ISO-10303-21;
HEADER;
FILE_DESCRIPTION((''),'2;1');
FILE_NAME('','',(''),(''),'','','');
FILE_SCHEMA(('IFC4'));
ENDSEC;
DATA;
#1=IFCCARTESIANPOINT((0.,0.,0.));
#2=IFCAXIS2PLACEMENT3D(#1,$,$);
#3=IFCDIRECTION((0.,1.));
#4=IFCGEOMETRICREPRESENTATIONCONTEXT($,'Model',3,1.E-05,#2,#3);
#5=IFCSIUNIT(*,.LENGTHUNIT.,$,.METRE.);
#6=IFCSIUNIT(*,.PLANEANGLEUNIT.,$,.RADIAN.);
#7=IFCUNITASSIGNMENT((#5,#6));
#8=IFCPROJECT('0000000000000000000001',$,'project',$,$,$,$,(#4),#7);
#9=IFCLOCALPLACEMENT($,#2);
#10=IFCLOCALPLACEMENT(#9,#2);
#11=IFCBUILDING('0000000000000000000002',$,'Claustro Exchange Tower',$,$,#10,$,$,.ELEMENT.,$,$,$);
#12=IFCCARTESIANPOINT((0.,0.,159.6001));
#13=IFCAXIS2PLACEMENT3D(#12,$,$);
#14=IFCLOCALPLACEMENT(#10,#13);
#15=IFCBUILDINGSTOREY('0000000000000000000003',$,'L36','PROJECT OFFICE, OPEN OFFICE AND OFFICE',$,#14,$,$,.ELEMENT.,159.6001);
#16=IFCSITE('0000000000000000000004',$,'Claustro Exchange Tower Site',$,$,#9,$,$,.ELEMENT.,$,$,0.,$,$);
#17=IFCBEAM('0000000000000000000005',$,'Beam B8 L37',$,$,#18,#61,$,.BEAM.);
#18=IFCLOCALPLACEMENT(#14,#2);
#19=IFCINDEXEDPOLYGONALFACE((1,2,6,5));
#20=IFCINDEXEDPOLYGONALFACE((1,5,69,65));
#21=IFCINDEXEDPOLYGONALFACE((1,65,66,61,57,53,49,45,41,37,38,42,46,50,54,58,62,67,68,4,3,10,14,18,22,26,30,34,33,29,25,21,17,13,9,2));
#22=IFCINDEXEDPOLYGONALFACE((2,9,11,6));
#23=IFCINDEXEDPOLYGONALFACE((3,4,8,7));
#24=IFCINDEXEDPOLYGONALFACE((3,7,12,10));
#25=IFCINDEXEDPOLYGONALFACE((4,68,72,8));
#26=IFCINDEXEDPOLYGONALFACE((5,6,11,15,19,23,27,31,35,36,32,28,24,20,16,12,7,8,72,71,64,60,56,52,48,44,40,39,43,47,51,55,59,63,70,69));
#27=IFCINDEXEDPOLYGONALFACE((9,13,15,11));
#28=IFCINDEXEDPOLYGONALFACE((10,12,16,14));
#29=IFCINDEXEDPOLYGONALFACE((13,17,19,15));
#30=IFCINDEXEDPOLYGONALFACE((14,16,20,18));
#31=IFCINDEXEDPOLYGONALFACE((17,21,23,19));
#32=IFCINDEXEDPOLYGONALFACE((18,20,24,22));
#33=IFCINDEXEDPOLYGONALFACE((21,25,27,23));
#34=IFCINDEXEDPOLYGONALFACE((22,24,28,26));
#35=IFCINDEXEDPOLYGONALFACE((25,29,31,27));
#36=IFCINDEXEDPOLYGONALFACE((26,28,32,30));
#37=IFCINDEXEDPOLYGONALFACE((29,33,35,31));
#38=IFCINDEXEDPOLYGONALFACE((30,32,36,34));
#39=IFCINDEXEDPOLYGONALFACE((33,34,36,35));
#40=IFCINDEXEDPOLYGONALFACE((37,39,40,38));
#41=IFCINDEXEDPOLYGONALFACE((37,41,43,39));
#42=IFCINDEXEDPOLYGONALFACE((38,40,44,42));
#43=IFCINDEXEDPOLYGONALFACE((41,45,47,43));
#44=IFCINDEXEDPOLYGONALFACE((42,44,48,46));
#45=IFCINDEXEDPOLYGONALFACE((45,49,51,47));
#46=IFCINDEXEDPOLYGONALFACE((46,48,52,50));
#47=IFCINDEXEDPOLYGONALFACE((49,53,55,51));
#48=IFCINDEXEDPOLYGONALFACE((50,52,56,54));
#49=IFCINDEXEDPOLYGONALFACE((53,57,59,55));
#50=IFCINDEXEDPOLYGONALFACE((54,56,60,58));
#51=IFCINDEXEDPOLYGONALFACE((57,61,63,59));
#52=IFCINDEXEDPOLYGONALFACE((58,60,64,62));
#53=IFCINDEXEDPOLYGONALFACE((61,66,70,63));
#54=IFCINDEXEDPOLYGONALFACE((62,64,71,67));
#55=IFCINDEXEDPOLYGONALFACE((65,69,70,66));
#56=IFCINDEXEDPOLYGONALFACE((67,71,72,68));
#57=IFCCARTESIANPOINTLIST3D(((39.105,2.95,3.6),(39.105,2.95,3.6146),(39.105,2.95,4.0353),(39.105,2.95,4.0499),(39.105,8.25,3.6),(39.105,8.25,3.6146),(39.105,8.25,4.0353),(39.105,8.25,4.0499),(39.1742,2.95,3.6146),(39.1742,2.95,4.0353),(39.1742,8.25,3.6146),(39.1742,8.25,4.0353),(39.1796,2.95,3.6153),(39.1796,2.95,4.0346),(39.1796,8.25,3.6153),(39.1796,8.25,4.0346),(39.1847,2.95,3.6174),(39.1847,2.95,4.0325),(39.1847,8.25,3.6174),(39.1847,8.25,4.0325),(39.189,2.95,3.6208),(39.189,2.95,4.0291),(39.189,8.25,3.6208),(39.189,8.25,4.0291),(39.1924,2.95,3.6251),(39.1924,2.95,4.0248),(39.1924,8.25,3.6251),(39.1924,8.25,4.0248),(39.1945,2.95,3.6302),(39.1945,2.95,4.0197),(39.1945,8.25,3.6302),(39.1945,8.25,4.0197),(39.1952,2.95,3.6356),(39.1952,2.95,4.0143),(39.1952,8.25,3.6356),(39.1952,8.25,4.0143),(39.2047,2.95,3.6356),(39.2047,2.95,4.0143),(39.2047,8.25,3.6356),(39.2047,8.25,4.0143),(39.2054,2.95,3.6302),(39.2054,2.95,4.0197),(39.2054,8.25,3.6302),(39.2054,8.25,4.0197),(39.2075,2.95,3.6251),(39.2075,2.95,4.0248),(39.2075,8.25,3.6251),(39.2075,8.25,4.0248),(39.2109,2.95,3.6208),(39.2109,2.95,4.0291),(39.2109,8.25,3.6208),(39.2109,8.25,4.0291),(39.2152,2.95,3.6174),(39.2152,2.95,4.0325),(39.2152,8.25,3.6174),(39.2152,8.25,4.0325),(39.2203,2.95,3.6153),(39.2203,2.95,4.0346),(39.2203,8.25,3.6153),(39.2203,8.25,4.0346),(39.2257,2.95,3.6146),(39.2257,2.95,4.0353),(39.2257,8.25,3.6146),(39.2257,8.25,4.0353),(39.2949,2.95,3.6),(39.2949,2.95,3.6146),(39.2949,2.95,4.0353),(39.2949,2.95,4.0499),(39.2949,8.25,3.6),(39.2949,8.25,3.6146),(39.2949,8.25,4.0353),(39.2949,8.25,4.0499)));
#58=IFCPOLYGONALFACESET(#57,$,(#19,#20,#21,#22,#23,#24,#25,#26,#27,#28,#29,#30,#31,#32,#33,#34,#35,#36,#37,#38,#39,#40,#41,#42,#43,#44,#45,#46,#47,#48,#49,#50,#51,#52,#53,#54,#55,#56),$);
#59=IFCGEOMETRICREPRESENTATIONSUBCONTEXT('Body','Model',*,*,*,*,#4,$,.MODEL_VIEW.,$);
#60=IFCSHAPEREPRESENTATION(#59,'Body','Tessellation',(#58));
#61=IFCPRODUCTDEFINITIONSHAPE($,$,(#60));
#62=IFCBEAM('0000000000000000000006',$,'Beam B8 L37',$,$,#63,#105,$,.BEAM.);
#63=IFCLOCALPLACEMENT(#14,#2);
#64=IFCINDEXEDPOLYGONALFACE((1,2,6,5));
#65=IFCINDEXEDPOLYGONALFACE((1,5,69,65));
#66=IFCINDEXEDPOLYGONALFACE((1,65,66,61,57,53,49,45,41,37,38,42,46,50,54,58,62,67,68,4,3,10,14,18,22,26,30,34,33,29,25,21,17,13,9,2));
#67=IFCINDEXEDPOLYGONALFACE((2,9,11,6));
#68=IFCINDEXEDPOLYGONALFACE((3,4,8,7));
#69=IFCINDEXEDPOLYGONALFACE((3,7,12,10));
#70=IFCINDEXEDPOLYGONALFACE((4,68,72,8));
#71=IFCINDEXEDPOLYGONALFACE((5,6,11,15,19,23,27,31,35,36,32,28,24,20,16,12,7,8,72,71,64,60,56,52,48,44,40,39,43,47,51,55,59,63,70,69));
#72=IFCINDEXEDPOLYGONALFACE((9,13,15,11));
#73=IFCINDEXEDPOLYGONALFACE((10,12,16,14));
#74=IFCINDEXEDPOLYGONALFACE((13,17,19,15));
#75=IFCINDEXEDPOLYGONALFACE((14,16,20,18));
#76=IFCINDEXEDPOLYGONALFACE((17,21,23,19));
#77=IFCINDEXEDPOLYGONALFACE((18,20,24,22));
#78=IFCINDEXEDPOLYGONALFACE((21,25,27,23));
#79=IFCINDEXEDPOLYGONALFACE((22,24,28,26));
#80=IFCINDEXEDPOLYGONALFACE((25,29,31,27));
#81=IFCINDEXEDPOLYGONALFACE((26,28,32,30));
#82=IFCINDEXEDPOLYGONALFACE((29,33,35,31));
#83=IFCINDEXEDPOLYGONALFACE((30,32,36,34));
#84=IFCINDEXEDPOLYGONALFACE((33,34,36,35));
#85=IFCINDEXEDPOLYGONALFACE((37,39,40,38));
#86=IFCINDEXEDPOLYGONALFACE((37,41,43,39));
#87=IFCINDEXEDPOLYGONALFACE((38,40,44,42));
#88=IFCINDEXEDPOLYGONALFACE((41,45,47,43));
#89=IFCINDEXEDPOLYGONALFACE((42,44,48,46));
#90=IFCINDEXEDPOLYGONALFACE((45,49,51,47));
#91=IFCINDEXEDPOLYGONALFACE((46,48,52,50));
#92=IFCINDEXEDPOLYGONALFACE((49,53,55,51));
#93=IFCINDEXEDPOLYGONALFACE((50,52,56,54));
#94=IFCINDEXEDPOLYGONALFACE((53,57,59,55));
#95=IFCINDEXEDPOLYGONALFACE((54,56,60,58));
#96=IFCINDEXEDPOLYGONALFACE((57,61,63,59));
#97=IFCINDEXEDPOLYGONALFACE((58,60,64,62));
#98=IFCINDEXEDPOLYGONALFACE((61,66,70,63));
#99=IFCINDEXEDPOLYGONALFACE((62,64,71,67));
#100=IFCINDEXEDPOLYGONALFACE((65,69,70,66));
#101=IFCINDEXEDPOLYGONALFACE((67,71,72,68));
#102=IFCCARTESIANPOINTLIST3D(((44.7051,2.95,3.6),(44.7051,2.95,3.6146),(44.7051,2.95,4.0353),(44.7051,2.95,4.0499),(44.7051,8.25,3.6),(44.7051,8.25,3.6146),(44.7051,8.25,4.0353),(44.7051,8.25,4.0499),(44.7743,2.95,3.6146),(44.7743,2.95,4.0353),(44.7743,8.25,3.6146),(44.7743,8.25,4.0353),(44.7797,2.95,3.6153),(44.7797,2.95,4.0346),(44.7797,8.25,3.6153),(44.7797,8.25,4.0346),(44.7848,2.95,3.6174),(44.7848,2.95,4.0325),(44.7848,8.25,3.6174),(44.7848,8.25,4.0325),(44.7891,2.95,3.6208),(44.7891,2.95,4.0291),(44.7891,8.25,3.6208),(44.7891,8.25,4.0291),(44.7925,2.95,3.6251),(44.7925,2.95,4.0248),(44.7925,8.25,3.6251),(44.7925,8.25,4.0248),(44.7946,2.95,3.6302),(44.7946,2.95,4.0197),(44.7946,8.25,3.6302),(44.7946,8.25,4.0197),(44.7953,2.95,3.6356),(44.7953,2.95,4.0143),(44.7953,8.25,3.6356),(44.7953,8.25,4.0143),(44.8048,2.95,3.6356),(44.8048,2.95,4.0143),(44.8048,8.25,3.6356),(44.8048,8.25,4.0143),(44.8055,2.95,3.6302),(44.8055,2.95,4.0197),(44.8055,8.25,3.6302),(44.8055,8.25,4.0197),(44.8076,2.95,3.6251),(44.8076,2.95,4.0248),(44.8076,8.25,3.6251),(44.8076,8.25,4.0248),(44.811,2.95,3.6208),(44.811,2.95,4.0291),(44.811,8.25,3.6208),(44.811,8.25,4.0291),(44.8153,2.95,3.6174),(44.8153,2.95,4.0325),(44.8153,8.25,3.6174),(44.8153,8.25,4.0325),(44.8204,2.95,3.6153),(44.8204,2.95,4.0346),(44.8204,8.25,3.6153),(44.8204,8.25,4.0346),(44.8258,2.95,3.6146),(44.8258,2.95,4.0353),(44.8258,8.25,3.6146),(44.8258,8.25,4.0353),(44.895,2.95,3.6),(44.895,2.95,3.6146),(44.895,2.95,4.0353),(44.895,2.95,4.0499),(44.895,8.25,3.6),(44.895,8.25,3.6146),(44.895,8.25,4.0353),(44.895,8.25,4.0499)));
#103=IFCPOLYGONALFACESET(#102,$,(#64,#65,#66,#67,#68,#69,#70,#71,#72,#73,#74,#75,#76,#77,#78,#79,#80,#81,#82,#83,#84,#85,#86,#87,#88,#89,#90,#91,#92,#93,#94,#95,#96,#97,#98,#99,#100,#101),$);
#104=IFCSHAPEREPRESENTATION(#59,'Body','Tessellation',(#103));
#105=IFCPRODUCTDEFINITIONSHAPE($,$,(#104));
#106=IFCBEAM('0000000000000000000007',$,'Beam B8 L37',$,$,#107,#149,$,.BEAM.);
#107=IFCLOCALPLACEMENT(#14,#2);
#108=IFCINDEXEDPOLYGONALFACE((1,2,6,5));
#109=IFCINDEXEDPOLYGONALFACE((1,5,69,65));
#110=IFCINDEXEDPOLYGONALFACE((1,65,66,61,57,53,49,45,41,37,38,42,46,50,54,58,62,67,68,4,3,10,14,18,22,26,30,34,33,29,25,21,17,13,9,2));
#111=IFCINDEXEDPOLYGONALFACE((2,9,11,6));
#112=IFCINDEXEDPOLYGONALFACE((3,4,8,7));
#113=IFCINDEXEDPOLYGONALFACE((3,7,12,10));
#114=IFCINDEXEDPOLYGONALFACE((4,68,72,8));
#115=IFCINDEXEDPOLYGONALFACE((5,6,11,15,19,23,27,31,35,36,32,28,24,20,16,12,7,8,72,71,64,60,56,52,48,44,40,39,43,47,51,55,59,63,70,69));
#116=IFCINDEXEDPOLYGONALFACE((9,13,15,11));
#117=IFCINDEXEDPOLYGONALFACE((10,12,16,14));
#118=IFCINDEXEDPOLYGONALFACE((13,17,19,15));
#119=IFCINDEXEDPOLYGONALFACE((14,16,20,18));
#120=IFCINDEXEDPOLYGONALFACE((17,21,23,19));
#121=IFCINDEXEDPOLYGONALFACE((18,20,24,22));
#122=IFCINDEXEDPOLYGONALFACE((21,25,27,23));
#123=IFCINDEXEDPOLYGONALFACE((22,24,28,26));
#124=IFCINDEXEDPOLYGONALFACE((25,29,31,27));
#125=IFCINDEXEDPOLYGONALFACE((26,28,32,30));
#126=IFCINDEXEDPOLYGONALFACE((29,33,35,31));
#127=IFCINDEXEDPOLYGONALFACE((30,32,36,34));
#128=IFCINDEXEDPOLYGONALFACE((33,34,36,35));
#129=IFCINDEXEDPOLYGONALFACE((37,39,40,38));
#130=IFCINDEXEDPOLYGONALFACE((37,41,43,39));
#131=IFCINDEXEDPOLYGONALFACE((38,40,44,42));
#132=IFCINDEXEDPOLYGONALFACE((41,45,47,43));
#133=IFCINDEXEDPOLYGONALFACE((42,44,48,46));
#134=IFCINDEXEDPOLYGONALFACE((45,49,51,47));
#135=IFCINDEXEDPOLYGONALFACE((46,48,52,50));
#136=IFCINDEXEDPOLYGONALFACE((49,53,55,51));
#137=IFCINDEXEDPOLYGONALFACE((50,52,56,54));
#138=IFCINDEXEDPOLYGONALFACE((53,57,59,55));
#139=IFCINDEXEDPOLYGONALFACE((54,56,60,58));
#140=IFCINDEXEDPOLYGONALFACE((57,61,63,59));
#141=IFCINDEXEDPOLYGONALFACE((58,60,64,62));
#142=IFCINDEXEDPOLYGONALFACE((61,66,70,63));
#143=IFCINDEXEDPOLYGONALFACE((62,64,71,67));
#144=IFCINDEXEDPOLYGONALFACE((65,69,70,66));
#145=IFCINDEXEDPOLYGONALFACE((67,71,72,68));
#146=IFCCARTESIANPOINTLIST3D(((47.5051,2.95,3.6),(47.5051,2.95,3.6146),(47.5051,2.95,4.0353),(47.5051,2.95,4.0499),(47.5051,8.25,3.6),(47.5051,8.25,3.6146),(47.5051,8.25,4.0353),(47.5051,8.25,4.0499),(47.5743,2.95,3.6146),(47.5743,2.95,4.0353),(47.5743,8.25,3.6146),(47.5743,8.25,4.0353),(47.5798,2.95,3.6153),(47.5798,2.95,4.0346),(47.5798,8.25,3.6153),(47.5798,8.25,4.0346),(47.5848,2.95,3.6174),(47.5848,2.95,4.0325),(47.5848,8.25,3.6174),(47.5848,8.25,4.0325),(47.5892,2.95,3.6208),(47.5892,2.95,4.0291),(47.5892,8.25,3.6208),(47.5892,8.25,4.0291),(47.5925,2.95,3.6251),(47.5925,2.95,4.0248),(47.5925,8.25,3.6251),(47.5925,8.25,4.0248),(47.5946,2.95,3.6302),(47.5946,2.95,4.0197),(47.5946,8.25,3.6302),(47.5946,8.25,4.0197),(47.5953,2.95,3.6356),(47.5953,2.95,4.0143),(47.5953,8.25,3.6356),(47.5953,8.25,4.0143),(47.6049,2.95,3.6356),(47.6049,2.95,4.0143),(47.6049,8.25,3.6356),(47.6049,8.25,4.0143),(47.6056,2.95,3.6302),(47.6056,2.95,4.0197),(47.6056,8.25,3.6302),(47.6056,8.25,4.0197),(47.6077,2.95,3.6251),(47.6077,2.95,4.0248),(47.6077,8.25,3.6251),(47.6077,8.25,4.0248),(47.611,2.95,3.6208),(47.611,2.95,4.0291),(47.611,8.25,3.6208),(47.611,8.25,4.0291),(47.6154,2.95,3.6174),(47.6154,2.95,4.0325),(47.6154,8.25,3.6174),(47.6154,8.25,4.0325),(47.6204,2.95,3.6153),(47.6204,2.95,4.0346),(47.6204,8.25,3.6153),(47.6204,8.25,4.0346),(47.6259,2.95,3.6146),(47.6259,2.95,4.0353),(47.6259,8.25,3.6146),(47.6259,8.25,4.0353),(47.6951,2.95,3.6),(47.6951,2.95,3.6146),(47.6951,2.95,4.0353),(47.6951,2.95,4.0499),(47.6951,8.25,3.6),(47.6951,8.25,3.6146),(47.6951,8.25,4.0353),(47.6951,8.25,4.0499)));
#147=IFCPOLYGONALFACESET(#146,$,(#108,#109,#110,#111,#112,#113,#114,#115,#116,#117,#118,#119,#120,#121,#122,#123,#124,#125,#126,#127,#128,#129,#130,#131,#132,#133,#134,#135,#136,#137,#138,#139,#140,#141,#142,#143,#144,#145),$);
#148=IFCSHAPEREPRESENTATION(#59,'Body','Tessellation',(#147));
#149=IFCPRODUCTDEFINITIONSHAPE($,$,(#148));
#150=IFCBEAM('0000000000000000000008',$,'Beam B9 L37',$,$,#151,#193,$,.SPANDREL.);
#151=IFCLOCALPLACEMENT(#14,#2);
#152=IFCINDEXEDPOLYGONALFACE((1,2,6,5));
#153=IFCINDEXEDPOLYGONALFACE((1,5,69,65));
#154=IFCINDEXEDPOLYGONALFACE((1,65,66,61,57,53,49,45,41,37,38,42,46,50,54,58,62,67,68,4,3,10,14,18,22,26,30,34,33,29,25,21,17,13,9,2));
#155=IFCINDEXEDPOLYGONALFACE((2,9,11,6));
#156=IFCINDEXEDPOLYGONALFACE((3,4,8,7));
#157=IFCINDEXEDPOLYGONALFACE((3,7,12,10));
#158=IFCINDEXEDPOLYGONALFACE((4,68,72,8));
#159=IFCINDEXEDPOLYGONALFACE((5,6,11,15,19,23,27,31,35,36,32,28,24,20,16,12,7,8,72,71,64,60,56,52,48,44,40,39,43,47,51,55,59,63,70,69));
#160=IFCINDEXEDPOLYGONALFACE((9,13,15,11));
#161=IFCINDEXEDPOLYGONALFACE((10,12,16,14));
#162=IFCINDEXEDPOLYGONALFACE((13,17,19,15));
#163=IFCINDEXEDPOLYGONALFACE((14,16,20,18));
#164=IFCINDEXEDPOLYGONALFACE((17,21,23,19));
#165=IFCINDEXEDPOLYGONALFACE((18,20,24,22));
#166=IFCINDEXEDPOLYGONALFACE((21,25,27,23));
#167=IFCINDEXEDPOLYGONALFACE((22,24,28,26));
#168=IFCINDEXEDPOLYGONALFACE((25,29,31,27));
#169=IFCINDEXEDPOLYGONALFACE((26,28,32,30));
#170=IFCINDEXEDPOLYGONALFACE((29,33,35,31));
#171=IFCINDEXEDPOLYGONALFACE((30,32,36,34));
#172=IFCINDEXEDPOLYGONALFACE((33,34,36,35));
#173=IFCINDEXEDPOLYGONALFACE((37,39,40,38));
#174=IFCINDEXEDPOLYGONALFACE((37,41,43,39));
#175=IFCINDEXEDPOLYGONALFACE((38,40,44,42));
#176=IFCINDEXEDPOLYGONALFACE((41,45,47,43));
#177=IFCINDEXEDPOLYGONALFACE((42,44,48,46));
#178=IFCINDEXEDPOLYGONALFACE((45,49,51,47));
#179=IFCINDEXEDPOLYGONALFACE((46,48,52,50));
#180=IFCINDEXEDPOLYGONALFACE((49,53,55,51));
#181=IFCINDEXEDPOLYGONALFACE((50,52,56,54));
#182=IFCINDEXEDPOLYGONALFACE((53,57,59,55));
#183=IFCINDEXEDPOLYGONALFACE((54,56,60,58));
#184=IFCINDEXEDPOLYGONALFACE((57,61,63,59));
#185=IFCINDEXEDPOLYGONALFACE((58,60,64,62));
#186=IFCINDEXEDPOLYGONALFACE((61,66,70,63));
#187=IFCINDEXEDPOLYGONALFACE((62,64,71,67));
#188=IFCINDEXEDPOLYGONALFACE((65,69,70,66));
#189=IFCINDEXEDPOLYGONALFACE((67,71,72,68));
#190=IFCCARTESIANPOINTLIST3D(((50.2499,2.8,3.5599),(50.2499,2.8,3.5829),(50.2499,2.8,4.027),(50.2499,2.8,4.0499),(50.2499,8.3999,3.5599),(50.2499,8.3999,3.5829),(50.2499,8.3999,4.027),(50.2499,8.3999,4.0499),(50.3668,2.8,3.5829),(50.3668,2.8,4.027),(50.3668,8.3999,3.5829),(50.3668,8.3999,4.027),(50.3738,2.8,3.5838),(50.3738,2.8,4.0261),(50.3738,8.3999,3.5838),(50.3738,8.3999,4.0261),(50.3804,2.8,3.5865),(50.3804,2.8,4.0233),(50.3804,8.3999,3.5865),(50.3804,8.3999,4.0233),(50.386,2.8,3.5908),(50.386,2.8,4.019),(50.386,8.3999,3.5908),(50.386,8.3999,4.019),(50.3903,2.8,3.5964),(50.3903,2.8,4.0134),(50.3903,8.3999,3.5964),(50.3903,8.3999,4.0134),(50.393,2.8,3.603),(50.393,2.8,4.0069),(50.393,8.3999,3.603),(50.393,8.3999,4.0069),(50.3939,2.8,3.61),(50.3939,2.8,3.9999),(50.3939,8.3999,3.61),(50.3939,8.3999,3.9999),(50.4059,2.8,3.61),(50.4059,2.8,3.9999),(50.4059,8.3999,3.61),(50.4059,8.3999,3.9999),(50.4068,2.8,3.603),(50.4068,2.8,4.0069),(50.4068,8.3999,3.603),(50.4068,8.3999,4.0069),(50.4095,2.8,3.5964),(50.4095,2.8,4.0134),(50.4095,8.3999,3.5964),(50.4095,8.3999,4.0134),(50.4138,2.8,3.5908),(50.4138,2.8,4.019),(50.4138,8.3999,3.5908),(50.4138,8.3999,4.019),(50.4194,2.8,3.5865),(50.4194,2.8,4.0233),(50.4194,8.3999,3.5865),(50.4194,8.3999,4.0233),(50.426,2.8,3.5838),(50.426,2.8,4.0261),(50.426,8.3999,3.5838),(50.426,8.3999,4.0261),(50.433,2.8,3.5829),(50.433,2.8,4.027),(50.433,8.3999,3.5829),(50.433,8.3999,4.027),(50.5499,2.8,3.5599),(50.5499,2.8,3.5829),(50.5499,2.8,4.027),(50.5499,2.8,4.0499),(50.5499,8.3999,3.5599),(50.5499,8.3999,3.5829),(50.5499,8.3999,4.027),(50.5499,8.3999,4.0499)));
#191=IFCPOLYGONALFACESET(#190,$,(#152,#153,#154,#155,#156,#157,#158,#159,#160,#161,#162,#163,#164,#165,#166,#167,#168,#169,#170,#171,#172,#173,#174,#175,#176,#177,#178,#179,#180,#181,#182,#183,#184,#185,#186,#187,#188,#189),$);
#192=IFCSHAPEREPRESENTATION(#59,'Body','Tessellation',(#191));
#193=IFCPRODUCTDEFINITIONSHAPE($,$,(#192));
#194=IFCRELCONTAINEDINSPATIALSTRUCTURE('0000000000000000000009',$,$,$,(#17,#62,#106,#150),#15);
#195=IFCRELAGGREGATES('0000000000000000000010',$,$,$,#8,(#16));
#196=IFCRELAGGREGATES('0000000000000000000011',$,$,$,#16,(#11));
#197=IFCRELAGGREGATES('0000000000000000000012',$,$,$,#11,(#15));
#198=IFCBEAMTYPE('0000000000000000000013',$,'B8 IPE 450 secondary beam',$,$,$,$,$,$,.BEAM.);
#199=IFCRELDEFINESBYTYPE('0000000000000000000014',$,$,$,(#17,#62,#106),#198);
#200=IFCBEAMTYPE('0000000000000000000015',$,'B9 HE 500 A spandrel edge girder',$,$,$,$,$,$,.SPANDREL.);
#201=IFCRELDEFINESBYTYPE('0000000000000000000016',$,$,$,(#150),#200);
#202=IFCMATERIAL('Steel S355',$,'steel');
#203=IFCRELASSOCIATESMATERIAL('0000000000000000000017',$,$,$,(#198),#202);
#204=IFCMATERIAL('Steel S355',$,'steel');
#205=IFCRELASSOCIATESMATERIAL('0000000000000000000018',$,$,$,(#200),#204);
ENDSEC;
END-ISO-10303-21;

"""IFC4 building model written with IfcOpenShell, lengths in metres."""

from ifc_helpers import new_model, si_unit, direction, frame, origin, origin_2d, place, context, subcontext, project, spatial, i_section, extrude, material, material_profile, profile_set, type_object, element, save


model = new_model("IFC4")

# Units and contexts
model_context = context("Model", 3, precision=1e-05, world=origin(), true_north=direction((0.0, 1.0)))
body_context = subcontext(model_context, "Body", "Model", "MODEL_VIEW")
ifc_project = project(units=[si_unit("LENGTHUNIT", "METRE"), si_unit("PLANEANGLEUNIT", "RADIAN")], contexts=[model_context])

# Site, building, storey
site_placement = place(None, origin())
site = spatial("IfcSite", under=ifc_project, at=site_placement, Name="Claustro Exchange Tower Site", CompositionType="ELEMENT", RefElevation=0.0)
building_placement = place(site_placement, origin())
building = spatial("IfcBuilding", under=site, at=building_placement, Name="Claustro Exchange Tower", CompositionType="ELEMENT")
storey_placement = place(building_placement, frame((0.0, 0.0, 159.6001)))
storey = spatial("IfcBuildingStorey", under=building, at=storey_placement, Name="L36", Description="PROJECT OFFICE, OPEN OFFICE AND OFFICE", CompositionType="ELEMENT", Elevation=159.6001)

# Beams
ifc_material_1 = material(Name="Steel S355", Category="steel")
ifc_material_profile_1 = material_profile(ifc_material_1, i_section(OverallWidth=0.1899, OverallDepth=0.45, WebThickness=0.0095, FlangeThickness=0.0146, FilletRadius=0.021, at=origin_2d()), Name="IPE 450")
ifc_profile_set_1 = profile_set([ifc_material_profile_1], Name="Steel S355")
beam_type_1 = type_object("IfcBeamType", Name="B8 IPE 450 secondary beam", PredefinedType="BEAM", material=ifc_profile_set_1)
for number, where, z_axis, x_axis, name in (
    (1, (39.2, 2.95, 3.825), (0.0, 1.0, 0.0), (-1.0, 0.0, 0.0), "Beam B8 L37"),
    (2, (44.8, 2.95, 3.825), (0.0, 1.0, 0.0), (-1.0, 0.0, 0.0), "Beam B8 L37"),
    (3, (47.6001, 2.95, 3.825), (0.0, 1.0, 0.0), (-1.0, 0.0, 0.0), "Beam B8 L37"),
):
    element("IfcBeam", number, at=place(storey_placement, frame(where, z_axis=z_axis, x_axis=x_axis)), inside=storey, type_object=beam_type_1, Name=name, PredefinedType="BEAM", context=body_context, shape_type="SweptSolid", body=[
        extrude(i_section(OverallWidth=0.1899, OverallDepth=0.45, WebThickness=0.0095, FlangeThickness=0.0146, FilletRadius=0.021, at=origin_2d()), origin(), (0.0, 0.0, 1.0), 5.3),
    ])
ifc_material_2 = material(Name="Steel S355", Category="steel")
ifc_material_profile_2 = material_profile(ifc_material_2, i_section(OverallWidth=0.3, OverallDepth=0.49, WebThickness=0.012, FlangeThickness=0.0229, FilletRadius=0.0271, at=origin_2d()), Name="HE 500 A")
ifc_profile_set_2 = profile_set([ifc_material_profile_2], Name="Steel S355")
beam_type_2 = type_object("IfcBeamType", Name="B9 HE 500 A spandrel edge girder", PredefinedType="SPANDREL", material=ifc_profile_set_2)
beam_1_placement = place(storey_placement, frame((50.3999, 2.8, 3.8049), z_axis=(0.0, 1.0, 0.0), x_axis=(-1.0, 0.0, 0.0)))
element("IfcBeam", 4, at=beam_1_placement, inside=storey, type_object=beam_type_2, Name="Beam B9 L37", PredefinedType="SPANDREL", context=body_context, shape_type="SweptSolid", body=[
    extrude(i_section(OverallWidth=0.3, OverallDepth=0.49, WebThickness=0.012, FlangeThickness=0.0229, FilletRadius=0.0271, at=origin_2d()), origin(), (0.0, 0.0, 1.0), 5.5999),
])

save(model, "model.ifc")
